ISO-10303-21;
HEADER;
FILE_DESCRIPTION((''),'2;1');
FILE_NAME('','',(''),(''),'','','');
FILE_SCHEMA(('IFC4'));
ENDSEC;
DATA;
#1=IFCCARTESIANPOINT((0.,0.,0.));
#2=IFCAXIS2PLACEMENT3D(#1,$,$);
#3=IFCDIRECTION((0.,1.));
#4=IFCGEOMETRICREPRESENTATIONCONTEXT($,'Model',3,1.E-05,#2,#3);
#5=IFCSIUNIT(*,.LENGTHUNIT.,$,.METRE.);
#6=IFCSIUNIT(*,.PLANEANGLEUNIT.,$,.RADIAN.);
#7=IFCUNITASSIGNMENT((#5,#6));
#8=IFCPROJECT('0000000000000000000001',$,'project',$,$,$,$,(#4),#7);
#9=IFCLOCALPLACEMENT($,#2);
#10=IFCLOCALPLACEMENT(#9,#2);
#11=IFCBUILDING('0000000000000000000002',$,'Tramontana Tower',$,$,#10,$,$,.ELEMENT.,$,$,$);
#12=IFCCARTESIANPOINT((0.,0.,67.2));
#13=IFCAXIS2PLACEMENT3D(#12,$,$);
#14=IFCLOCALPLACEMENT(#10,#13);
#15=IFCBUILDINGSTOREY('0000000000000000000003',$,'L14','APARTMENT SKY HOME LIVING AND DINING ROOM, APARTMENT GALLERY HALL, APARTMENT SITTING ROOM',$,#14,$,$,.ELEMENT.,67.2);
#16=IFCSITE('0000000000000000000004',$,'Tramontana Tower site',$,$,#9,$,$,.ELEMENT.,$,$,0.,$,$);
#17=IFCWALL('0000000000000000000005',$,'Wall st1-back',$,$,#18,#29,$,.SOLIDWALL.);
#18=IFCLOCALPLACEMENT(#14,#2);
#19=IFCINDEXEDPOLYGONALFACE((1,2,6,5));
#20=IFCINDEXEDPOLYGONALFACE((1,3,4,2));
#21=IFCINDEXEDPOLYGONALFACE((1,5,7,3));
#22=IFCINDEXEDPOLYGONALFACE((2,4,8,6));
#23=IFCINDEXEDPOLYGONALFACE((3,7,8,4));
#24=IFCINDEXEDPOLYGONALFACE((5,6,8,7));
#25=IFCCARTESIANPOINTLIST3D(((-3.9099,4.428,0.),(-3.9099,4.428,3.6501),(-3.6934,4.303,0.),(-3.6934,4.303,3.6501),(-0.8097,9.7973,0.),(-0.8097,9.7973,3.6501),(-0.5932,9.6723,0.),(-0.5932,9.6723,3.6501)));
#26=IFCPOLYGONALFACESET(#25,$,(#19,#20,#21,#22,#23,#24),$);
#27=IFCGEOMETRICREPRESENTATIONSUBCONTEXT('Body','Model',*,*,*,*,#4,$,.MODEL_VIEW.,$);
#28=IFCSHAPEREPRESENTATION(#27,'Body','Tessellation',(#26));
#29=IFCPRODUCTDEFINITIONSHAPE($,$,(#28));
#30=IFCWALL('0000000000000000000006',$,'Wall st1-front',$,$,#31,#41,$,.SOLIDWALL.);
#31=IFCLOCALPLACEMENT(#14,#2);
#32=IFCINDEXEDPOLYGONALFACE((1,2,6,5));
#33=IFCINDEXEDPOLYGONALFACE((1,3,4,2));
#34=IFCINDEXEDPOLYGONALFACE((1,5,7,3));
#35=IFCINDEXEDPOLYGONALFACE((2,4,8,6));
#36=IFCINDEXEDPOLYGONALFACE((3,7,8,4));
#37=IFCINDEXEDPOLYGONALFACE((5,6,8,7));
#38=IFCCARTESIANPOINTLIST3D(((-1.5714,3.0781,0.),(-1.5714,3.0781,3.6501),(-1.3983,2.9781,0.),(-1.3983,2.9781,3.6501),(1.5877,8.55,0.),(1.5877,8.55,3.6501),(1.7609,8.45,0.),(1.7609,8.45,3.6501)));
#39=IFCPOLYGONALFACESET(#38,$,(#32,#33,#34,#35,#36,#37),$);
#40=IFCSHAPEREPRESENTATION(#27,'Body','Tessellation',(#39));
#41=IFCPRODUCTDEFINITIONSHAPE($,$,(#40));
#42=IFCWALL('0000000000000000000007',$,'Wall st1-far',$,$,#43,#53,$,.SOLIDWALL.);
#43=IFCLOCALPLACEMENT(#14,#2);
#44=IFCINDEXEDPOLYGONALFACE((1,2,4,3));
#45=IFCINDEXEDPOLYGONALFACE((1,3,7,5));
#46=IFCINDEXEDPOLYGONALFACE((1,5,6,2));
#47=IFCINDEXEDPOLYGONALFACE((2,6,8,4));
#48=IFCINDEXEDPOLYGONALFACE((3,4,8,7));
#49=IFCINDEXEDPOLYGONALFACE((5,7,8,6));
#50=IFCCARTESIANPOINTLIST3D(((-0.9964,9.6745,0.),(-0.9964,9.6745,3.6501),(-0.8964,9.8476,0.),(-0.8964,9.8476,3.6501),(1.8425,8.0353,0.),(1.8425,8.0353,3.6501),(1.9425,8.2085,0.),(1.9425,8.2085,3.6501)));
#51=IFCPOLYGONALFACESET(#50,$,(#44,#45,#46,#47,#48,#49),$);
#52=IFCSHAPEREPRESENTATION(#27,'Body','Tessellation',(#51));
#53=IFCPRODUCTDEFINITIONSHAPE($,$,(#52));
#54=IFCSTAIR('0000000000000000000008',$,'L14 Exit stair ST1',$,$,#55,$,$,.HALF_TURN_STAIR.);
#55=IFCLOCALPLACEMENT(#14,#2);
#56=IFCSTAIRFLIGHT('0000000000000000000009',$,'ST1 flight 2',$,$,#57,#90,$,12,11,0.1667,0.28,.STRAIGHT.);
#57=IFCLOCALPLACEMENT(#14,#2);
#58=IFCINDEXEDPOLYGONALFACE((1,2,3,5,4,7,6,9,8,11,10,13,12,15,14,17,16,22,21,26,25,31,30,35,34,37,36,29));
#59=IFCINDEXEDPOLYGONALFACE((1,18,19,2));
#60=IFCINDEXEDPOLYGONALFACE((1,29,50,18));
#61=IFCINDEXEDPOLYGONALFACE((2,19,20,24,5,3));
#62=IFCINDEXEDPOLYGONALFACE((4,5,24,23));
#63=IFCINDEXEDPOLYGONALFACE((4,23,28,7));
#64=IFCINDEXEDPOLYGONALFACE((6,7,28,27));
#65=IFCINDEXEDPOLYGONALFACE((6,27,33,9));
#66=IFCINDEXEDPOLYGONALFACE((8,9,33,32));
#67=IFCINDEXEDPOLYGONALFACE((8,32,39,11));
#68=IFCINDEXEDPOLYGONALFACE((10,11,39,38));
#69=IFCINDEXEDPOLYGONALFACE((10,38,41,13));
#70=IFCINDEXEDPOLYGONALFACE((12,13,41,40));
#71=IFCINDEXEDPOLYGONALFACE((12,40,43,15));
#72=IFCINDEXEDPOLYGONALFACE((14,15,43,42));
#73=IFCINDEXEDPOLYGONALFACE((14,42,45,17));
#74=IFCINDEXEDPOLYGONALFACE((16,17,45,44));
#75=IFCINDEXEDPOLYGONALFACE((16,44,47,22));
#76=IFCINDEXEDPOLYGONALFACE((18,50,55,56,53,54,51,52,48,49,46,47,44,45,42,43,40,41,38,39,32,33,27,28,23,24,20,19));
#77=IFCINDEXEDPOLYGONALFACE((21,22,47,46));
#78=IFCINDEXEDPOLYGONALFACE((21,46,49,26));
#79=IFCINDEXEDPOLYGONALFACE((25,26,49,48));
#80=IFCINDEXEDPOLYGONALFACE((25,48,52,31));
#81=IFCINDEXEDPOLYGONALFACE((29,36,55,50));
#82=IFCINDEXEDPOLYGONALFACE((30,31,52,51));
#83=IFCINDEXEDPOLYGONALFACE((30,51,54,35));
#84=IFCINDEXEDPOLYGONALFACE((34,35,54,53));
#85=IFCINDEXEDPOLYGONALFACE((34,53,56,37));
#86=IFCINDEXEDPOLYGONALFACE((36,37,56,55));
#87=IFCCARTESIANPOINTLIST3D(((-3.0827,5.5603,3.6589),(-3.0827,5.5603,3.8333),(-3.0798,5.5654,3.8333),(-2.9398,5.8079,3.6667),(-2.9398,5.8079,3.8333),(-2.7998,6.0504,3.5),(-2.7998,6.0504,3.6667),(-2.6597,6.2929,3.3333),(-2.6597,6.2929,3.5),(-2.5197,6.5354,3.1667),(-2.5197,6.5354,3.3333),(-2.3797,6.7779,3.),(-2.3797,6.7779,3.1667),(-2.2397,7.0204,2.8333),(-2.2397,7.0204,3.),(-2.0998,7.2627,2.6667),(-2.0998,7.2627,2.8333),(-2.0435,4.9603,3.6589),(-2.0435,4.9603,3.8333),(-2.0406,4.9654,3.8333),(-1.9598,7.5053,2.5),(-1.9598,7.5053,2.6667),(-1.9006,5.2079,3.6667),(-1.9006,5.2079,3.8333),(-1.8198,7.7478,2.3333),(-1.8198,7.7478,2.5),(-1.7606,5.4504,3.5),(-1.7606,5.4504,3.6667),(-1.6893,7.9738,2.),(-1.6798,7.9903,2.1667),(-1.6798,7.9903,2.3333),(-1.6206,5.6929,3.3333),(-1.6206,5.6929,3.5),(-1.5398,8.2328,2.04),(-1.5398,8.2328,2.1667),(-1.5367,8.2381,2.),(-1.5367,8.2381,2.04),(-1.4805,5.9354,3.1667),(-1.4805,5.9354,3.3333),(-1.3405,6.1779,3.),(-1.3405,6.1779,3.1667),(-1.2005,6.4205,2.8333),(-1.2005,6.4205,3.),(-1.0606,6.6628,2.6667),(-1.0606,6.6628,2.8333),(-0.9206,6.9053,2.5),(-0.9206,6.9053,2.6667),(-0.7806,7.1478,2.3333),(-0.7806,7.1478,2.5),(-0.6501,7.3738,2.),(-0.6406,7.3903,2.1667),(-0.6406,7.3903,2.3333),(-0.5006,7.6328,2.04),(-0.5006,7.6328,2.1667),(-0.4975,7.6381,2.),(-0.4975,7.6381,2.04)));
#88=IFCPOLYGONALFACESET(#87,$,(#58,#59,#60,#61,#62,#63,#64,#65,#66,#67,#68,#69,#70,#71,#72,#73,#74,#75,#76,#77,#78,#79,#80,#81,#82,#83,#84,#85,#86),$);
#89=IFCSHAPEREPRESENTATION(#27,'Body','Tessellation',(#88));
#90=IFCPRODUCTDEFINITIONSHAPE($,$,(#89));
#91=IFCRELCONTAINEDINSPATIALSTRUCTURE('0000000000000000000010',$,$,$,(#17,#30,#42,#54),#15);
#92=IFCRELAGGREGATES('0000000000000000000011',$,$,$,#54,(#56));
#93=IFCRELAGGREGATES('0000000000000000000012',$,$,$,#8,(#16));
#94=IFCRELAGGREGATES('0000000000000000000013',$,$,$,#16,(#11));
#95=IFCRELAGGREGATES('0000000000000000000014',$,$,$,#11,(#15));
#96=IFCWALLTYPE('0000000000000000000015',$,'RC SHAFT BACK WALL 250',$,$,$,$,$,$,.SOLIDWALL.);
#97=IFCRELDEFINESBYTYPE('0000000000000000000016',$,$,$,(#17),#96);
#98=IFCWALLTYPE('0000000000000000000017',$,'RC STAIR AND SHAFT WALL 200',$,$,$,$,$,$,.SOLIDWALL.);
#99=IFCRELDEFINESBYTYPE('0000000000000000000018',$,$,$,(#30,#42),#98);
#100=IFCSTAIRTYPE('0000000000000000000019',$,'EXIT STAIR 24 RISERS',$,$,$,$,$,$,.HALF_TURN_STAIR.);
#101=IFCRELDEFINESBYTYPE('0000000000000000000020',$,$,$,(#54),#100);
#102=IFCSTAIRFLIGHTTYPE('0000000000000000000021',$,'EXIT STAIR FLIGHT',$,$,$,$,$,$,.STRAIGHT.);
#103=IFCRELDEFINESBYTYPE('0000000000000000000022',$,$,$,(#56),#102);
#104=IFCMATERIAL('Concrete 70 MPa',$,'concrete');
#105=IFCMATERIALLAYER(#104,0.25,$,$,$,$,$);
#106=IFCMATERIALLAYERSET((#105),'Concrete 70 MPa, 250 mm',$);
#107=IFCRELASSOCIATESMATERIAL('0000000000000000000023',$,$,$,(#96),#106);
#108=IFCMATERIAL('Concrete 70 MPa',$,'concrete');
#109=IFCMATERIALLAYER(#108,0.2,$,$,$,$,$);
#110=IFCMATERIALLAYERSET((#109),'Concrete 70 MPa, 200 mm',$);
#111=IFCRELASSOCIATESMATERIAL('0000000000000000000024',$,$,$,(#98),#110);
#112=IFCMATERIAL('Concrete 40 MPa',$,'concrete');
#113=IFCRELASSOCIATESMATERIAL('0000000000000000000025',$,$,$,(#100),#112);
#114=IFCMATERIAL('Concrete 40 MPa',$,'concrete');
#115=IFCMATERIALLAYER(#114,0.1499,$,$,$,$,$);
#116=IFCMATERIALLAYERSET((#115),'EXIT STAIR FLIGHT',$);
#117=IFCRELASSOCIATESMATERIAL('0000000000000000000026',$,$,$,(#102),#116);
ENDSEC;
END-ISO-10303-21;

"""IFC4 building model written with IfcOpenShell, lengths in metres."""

from ifc_helpers import new_model, si_unit, direction, frame, frame_2d, origin, place, context, subcontext, project, spatial, polyline, rectangle, outline, extrude, material, layer, layer_set, type_object, element, aggregate, save


model = new_model("IFC4")

# Units and contexts
model_context = context("Model", 3, precision=1e-05, world=origin(), true_north=direction((0.0, 1.0)))
body_context = subcontext(model_context, "Body", "Model", "MODEL_VIEW")
ifc_project = project(units=[si_unit("LENGTHUNIT", "METRE"), si_unit("PLANEANGLEUNIT", "RADIAN")], contexts=[model_context])

# Site, building, storey
site_placement = place(None, origin())
site = spatial("IfcSite", under=ifc_project, at=site_placement, Name="Tramontana Tower site", CompositionType="ELEMENT", RefElevation=0.0)
building_placement = place(site_placement, origin())
building = spatial("IfcBuilding", under=site, at=building_placement, Name="Tramontana Tower", CompositionType="ELEMENT")
storey_placement = place(building_placement, frame((0.0, 0.0, 67.2)))
storey = spatial("IfcBuildingStorey", under=building, at=storey_placement, Name="L14", Description="APARTMENT SKY HOME LIVING AND DINING ROOM, APARTMENT GALLERY HALL, APARTMENT SITTING ROOM", CompositionType="ELEMENT", Elevation=67.2)

# Walls
ifc_material_1 = material(Name="Concrete 70 MPa", Category="concrete")
ifc_layer_1 = layer(ifc_material_1, 0.25)
ifc_layer_set_1 = layer_set([ifc_layer_1], Name="Concrete 70 MPa, 250 mm")
wall_type_1 = type_object("IfcWallType", Name="RC SHAFT BACK WALL 250", PredefinedType="SOLIDWALL", material=ifc_layer_set_1)
wall_1_placement = place(storey_placement, frame((-0.7014, 9.7349, 0.0), z_axis=(0.0, 0.0, 1.0), x_axis=(-0.500027, -0.86601, 0.0)))
element("IfcWall", 1, at=wall_1_placement, inside=storey, type_object=wall_type_1, Name="Wall st1-back", PredefinedType="SOLIDWALL", context=body_context, shape_type="SweptSolid", body=[
    extrude(rectangle(XDim=6.2, YDim=0.25, at=frame_2d((3.1001, 0.0))), origin(), (0.0, 0.0, 1.0), 3.6501),
])
ifc_material_2 = material(Name="Concrete 70 MPa", Category="concrete")
ifc_layer_2 = layer(ifc_material_2, 0.2)
ifc_layer_set_2 = layer_set([ifc_layer_2], Name="Concrete 70 MPa, 200 mm")
wall_type_2 = type_object("IfcWallType", Name="RC STAIR AND SHAFT WALL 200", PredefinedType="SOLIDWALL", material=ifc_layer_set_2)
wall_2_placement = place(storey_placement, frame((1.6743, 8.5, 0.0), z_axis=(0.0, 0.0, 1.0), x_axis=(-0.499996, -0.866028, 0.0)))
element("IfcWall", 2, at=wall_2_placement, inside=storey, type_object=wall_type_2, Name="Wall st1-front", PredefinedType="SOLIDWALL", context=body_context, shape_type="SweptSolid", body=[
    extrude(rectangle(XDim=6.3184, YDim=0.2, at=frame_2d((3.1592, 0.0))), origin(), (0.0, 0.0, 1.0), 3.6501),
])
wall_3_placement = place(storey_placement, frame((1.8926, 8.1218, 0.0), z_axis=(0.0, 0.0, 1.0), x_axis=(-0.866007, 0.500032, 0.0)))
element("IfcWall", 3, at=wall_3_placement, inside=storey, type_object=wall_type_2, Name="Wall st1-far", PredefinedType="SOLIDWALL", context=body_context, shape_type="SweptSolid", body=[
    extrude(rectangle(XDim=3.2781, YDim=0.2, at=frame_2d((1.6392, 0.0))), origin(), (0.0, 0.0, 1.0), 3.6501),
])

# Stair, stair flight
ifc_material_3 = material(Name="Concrete 40 MPa", Category="concrete")
stair_type = type_object("IfcStairType", Name="EXIT STAIR 24 RISERS", PredefinedType="HALF_TURN_STAIR", material=ifc_material_3)
stair_placement = place(storey_placement, origin())
stair = element("IfcStair", 4, at=stair_placement, inside=storey, type_object=stair_type, Name="L14 Exit stair ST1", PredefinedType="HALF_TURN_STAIR")
ifc_material_4 = material(Name="Concrete 40 MPa", Category="concrete")
ifc_layer_3 = layer(ifc_material_4, 0.1499)
ifc_layer_set_3 = layer_set([ifc_layer_3], Name="EXIT STAIR FLIGHT")
stair_flight_type = type_object("IfcStairFlightType", Name="EXIT STAIR FLIGHT", PredefinedType="STRAIGHT", material=ifc_layer_set_3)
stair_flight_placement = place(storey_placement, frame((-1.0203, 7.9329, 2.0), z_axis=(0.0, 0.0, 1.0), x_axis=(-0.5, -0.866025, 0.0)))
stair_flight = element("IfcStairFlight", 5, at=stair_flight_placement, type_object=stair_flight_type, Name="ST1 flight 2", NumberOfRisers=12, NumberOfTreads=11, PredefinedType="STRAIGHT", RiserHeight=0.1667, TreadLength=0.28, context=body_context, shape_type="SweptSolid", body=[
    extrude(outline(polyline([(-0.0061, 0.0), (-0.0061, 0.04), (0.0, 0.04), (0.0, 0.1667), (0.28, 0.1667), (0.28, 0.3333), (0.5601, 0.3333), (0.5601, 0.5), (0.8401, 0.5), (0.8401, 0.6667), (1.1201, 0.6667), (1.1201, 0.8333), (1.3999, 0.8333), (1.3999, 1.0), (1.6799, 1.0), (1.6799, 1.1667), (1.96, 1.1667), (1.96, 1.3333), (2.24, 1.3333), (2.24, 1.5), (2.52, 1.5), (2.52, 1.6667), (2.8, 1.6667), (2.8, 1.8333), (3.0801, 1.8333), (3.0859, 1.8333), (3.0859, 1.6589), (0.2991, 0.0), (-0.0061, 0.0)])), frame((0.0, 0.6001, 0.0), z_axis=(0.0, -1.0, 0.0), x_axis=(1.0, 0.0, 0.0)), (0.0, 0.0, 1.0), 1.2),
])
aggregate(stair, [stair_flight])

save(model, "model.ifc")
